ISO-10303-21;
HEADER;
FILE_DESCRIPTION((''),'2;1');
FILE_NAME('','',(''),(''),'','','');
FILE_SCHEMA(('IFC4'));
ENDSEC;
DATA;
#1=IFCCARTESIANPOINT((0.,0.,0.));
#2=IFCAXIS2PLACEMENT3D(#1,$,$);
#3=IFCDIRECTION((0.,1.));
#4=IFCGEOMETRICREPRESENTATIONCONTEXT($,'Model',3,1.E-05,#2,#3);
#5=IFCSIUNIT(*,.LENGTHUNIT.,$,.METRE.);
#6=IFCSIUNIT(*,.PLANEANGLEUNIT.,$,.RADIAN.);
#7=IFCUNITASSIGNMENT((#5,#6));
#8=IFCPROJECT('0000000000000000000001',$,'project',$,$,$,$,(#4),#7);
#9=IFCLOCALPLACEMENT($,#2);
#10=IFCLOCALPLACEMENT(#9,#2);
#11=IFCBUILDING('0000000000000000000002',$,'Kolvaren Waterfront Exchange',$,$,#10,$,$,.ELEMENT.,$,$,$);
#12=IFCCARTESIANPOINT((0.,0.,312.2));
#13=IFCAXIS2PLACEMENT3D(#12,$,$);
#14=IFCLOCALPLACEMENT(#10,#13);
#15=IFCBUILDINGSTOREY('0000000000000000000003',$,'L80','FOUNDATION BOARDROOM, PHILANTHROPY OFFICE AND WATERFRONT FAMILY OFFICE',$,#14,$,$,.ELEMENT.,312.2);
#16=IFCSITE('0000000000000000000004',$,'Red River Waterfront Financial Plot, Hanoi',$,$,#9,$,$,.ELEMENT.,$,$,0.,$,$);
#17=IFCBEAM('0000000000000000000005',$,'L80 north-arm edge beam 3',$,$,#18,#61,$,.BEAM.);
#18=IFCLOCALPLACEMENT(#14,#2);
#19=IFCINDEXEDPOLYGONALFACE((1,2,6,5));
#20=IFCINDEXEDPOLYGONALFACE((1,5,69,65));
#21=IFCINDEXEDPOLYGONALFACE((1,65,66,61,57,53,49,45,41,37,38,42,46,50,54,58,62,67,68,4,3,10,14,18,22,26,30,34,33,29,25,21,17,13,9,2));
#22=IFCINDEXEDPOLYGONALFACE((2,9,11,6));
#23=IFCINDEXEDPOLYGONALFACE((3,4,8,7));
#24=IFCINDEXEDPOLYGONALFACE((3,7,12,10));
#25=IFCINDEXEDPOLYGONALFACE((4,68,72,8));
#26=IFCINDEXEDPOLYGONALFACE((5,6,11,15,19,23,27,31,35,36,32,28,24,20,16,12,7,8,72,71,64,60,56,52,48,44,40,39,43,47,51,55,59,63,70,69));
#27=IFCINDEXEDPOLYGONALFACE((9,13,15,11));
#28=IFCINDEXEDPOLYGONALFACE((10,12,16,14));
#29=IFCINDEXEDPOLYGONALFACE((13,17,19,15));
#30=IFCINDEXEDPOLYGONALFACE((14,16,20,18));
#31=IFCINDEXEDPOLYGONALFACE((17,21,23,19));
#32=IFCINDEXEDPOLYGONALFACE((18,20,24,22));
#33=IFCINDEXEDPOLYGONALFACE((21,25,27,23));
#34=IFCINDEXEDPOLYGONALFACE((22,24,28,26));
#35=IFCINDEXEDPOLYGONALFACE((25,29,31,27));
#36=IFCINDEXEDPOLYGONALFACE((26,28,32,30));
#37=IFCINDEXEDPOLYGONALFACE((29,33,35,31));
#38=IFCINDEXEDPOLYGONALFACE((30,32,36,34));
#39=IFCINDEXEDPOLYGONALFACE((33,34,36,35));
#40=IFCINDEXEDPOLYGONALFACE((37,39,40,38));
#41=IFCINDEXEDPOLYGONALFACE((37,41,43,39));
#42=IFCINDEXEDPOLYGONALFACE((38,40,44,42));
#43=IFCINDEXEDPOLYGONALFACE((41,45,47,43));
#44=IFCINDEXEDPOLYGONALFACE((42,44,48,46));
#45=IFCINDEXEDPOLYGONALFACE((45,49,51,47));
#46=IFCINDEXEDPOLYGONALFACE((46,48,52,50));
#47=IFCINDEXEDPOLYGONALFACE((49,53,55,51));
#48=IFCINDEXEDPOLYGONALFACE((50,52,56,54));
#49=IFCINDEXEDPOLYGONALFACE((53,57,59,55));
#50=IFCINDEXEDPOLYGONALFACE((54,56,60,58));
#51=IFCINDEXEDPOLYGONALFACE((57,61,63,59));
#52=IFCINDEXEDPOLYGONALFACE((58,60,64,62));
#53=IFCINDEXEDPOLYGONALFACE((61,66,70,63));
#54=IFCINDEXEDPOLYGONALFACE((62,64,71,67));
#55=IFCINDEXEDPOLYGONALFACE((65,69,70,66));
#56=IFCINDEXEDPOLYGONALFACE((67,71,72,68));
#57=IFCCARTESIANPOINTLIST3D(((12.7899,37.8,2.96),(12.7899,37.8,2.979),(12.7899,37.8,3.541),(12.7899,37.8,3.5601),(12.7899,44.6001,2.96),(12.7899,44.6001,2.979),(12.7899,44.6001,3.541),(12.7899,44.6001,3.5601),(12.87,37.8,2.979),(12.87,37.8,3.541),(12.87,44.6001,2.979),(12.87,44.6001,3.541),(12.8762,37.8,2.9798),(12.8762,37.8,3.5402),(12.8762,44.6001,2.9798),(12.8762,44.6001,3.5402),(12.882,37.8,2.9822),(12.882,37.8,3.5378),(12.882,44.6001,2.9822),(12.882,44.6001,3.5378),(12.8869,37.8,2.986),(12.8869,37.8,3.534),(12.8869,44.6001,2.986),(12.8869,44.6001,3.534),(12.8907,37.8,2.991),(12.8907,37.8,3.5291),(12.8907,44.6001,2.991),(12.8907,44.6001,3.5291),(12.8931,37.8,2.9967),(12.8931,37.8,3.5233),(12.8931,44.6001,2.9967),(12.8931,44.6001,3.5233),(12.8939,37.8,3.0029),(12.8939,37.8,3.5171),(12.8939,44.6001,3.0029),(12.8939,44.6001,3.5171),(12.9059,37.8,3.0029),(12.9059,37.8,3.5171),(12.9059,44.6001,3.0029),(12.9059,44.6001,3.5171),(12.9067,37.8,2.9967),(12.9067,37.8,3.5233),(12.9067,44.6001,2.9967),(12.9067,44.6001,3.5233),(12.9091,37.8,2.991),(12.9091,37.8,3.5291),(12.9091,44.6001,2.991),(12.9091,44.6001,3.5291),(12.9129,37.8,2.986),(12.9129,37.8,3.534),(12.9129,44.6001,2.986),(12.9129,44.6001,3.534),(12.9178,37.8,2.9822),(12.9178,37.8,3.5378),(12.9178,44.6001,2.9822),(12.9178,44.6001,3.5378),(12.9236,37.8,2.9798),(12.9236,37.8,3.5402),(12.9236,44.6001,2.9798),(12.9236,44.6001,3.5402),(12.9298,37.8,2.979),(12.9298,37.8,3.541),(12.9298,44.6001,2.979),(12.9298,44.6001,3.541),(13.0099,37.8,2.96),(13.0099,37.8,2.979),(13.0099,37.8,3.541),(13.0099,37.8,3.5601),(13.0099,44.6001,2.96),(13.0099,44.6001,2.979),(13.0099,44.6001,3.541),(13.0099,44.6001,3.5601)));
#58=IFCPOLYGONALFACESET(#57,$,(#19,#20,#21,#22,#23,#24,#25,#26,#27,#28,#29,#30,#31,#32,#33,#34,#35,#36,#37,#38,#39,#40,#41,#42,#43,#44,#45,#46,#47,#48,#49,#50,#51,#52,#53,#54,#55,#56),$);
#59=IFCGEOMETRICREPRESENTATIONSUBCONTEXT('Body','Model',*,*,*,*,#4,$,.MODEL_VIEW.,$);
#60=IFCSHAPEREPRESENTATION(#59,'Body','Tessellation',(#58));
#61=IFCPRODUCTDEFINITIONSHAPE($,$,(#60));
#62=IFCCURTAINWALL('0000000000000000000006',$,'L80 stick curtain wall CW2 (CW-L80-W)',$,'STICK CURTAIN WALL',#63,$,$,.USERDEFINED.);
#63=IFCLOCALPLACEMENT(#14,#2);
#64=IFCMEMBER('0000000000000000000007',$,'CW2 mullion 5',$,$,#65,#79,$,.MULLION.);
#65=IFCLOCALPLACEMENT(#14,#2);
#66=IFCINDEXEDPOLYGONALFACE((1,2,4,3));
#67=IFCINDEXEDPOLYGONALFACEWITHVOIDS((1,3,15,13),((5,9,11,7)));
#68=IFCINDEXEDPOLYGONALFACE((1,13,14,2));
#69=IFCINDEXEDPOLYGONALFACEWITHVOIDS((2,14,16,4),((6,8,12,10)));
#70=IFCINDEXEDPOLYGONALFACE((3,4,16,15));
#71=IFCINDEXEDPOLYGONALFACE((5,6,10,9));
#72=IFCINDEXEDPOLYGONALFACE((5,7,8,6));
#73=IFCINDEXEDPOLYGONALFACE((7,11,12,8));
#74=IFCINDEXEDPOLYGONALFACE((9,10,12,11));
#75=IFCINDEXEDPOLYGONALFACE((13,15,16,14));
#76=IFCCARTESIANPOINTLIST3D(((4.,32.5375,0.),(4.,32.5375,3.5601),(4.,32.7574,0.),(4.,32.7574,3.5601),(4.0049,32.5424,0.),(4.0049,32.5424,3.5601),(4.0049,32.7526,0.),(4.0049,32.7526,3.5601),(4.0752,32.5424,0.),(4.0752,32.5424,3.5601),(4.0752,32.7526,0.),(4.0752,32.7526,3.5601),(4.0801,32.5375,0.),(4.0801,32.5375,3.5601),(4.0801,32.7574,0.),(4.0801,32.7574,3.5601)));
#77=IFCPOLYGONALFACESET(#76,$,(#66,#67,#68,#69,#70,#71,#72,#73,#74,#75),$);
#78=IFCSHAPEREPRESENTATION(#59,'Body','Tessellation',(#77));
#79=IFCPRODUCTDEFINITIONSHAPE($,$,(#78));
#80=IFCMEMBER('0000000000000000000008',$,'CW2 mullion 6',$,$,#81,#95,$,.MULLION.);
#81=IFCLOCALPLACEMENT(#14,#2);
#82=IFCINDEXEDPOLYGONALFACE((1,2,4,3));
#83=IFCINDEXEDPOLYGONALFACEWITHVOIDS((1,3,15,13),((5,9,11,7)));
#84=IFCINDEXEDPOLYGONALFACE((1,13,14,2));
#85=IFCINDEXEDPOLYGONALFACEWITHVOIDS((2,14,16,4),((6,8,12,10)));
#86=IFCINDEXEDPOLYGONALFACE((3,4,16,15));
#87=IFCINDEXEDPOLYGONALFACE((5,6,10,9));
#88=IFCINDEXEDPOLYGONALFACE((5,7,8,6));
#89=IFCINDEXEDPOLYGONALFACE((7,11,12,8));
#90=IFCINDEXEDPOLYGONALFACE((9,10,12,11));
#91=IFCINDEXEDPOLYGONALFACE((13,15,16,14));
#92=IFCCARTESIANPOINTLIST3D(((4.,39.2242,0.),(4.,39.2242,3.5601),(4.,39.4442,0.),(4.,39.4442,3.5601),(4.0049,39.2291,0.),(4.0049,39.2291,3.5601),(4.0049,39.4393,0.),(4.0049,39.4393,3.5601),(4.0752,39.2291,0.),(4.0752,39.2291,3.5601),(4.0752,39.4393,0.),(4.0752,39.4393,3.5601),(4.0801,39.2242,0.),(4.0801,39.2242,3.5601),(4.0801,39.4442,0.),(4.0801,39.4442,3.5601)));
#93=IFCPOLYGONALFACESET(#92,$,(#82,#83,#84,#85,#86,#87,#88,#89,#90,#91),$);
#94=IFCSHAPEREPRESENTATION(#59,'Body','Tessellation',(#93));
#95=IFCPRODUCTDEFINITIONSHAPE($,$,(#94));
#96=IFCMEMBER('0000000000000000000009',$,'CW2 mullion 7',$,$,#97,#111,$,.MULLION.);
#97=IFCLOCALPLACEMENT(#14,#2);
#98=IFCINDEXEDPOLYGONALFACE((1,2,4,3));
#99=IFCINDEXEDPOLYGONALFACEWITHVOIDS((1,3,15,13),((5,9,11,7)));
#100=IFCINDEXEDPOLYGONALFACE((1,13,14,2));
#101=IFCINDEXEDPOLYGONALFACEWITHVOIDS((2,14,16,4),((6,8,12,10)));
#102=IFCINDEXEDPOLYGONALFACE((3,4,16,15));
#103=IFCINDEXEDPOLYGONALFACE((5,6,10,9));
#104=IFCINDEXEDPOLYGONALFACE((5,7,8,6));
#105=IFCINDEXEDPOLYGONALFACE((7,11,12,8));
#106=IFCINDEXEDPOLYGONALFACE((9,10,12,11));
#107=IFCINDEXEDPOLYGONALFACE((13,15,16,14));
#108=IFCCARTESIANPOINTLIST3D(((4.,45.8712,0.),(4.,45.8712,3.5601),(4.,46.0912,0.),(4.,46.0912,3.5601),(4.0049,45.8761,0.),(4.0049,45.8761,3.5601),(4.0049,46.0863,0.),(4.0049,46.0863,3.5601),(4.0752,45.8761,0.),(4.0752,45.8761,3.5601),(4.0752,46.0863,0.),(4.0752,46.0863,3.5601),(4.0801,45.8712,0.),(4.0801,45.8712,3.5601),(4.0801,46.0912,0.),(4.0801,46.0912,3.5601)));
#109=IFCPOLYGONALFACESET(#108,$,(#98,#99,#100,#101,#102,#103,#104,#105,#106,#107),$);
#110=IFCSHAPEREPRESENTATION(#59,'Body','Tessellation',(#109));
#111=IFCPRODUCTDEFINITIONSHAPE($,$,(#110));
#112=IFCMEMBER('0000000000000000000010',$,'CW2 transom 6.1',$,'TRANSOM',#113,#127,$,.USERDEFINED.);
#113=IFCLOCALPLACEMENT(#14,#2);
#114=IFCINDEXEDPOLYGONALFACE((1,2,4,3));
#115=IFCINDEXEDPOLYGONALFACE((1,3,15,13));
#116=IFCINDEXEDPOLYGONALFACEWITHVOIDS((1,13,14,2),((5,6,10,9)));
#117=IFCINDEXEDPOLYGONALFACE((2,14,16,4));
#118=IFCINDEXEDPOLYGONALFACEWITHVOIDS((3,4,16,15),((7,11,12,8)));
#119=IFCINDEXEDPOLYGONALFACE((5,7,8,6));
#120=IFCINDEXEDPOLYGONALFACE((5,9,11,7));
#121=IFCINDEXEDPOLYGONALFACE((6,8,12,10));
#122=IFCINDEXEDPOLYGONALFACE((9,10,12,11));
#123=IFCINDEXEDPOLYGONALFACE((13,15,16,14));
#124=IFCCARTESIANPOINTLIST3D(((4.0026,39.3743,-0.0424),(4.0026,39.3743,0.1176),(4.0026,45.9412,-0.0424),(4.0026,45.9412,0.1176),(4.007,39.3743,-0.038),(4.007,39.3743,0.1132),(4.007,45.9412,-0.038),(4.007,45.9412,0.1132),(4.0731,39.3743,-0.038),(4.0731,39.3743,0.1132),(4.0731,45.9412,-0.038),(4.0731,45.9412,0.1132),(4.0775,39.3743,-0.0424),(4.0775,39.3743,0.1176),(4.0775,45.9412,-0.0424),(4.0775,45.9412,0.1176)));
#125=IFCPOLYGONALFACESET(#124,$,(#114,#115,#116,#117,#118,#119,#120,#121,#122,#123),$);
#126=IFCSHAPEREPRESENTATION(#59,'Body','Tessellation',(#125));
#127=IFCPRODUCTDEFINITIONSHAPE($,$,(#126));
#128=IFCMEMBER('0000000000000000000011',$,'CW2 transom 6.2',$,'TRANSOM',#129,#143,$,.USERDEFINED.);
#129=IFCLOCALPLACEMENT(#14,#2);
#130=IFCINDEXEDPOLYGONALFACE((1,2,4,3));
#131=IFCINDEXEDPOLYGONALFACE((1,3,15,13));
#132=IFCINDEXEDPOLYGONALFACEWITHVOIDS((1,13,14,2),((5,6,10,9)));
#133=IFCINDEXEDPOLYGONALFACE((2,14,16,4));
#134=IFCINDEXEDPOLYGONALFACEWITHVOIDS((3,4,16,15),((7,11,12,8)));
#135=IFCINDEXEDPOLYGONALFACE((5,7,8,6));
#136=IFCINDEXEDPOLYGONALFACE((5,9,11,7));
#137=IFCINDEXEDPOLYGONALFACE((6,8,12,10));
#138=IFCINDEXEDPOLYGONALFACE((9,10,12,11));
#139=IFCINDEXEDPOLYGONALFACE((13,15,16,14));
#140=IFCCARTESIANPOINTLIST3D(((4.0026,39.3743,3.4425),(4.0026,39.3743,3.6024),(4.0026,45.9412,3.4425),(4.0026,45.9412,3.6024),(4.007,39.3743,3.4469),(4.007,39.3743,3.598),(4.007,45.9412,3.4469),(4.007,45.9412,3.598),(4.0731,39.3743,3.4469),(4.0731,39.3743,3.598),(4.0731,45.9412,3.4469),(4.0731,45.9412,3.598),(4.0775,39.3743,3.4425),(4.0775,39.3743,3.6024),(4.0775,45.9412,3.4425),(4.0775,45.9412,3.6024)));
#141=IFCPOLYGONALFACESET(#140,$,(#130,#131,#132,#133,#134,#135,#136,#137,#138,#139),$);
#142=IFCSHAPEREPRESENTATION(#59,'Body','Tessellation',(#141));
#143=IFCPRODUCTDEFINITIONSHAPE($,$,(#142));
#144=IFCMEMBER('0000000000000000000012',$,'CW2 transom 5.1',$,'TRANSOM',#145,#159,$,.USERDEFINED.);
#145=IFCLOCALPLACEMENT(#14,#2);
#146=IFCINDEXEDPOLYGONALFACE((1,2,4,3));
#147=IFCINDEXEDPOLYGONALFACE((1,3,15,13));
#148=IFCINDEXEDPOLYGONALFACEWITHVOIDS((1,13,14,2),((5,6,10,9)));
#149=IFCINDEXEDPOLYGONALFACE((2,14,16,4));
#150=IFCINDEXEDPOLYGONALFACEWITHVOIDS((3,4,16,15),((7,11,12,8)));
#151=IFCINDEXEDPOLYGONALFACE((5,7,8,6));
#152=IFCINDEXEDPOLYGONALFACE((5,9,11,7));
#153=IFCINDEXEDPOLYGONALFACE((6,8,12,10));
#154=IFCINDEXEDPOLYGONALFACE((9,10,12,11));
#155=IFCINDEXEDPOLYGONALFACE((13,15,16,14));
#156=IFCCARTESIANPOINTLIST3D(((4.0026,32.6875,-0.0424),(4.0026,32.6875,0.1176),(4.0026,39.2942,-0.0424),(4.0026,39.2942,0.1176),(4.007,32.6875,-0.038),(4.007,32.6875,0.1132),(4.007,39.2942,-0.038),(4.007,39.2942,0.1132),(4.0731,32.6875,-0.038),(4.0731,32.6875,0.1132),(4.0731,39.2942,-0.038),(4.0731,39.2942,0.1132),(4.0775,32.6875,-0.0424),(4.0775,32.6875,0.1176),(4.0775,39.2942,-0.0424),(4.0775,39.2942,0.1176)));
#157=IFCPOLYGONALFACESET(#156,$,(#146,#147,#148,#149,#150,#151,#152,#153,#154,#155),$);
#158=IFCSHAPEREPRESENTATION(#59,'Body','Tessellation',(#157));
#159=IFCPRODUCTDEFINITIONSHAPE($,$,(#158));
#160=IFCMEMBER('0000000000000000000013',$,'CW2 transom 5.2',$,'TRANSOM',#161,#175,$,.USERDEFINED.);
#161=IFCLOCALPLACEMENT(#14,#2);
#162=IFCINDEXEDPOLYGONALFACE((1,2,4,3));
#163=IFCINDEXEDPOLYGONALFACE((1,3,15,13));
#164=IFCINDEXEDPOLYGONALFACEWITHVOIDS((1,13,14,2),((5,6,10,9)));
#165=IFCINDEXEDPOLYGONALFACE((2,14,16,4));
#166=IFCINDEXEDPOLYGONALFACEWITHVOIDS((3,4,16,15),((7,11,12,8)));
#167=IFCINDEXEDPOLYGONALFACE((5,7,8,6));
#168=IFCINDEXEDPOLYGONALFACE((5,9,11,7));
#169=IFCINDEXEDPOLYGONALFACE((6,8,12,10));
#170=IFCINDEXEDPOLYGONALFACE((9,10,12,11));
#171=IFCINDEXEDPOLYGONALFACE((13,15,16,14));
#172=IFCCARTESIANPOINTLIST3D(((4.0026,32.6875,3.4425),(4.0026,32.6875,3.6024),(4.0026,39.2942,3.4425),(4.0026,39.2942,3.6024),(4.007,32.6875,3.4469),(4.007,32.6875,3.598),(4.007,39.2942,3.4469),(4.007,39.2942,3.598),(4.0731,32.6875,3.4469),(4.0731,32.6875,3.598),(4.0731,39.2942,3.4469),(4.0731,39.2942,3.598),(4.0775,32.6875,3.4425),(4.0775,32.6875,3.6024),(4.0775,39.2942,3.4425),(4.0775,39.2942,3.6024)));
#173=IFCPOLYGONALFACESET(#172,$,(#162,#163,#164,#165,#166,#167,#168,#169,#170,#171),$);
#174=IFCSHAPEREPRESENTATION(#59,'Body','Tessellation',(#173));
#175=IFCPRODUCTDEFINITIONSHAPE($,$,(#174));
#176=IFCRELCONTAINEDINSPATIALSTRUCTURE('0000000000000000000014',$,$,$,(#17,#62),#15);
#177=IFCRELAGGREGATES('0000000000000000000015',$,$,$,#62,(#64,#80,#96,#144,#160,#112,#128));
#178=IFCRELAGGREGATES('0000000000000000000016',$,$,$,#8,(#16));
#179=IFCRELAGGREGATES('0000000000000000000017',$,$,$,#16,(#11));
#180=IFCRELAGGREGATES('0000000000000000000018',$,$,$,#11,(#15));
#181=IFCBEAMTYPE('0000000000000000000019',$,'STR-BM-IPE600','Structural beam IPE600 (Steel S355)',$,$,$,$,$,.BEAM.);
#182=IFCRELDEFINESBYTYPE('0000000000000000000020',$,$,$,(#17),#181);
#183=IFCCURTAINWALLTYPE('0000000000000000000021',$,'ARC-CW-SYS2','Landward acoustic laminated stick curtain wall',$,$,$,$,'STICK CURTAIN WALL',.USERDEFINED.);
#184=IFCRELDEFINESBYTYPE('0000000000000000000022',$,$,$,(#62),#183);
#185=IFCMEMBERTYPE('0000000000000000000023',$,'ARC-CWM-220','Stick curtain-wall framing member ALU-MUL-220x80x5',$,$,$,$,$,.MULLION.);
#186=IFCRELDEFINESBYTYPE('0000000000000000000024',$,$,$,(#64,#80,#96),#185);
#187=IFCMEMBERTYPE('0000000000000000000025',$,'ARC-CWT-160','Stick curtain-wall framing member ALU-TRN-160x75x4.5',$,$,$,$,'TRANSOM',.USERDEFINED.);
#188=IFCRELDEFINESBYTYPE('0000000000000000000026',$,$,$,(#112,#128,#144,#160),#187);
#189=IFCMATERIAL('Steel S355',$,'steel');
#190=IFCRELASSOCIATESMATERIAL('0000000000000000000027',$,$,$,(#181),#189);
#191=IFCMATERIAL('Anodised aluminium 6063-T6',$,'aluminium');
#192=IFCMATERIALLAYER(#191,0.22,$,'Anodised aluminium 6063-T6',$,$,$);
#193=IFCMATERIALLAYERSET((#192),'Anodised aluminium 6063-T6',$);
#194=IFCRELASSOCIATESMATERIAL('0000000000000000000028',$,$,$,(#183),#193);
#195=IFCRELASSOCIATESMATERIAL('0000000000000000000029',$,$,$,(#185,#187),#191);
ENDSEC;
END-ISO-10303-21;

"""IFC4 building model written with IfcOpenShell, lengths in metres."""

from ifc_helpers import new_model, si_unit, direction, frame, origin, origin_with_axes, origin_2d, place, context, subcontext, project, spatial, hollow_rectangle, i_section, extrude, source, transform, mapped, material, layer, layer_set, material_profile, profile_set, type_object, element, aggregate, save


model = new_model("IFC4")

# Units and contexts
model_context = context("Model", 3, precision=1e-05, world=origin(), true_north=direction((0.0, 1.0)))
body_context = subcontext(model_context, "Body", "Model", "MODEL_VIEW")
ifc_project = project(units=[si_unit("LENGTHUNIT", "METRE"), si_unit("PLANEANGLEUNIT", "RADIAN")], contexts=[model_context])

# Site, building, storey
site_placement = place(None, origin())
site = spatial("IfcSite", under=ifc_project, at=site_placement, Name="Red River Waterfront Financial Plot, Hanoi", CompositionType="ELEMENT", RefElevation=0.0)
building_placement = place(site_placement, origin())
building = spatial("IfcBuilding", under=site, at=building_placement, Name="Kolvaren Waterfront Exchange", CompositionType="ELEMENT")
storey_placement = place(building_placement, frame((0.0, 0.0, 312.2)))
storey = spatial("IfcBuildingStorey", under=building, at=storey_placement, Name="L80", Description="FOUNDATION BOARDROOM, PHILANTHROPY OFFICE AND WATERFRONT FAMILY OFFICE", CompositionType="ELEMENT", Elevation=312.2)

# Beam
ifc_material_1 = material(Name="Steel S355", Category="steel")
ifc_material_profile_1 = material_profile(ifc_material_1, i_section(OverallWidth=0.22, OverallDepth=0.6001, WebThickness=0.012, FlangeThickness=0.019, FilletRadius=0.0239, at=origin_2d()), Name="IPE600")
ifc_profile_set_1 = profile_set([ifc_material_profile_1], Name="Steel S355")
beam_type_1 = type_object("IfcBeamType", Name="STR-BM-IPE600", Description="Structural beam IPE600 (Steel S355)", PredefinedType="BEAM", material=ifc_profile_set_1)
beam_1_placement = place(storey_placement, frame((12.8999, 37.8, 3.26), z_axis=(0.0, 1.0, 0.0), x_axis=(-1.0, 0.0, 0.0)))
element("IfcBeam", 1, at=beam_1_placement, inside=storey, type_object=beam_type_1, Name="L80 north-arm edge beam 3", PredefinedType="BEAM", context=body_context, shape_type="SweptSolid", body=[
    extrude(i_section(OverallWidth=0.22, OverallDepth=0.6001, WebThickness=0.012, FlangeThickness=0.019, FilletRadius=0.0239, at=origin_2d()), origin(), (0.0, 0.0, 1.0), 6.8),
])

# Curtain wall, members
ifc_material_2 = material(Name="Anodised aluminium 6063-T6", Category="aluminium")
ifc_layer_1 = layer(ifc_material_2, 0.22, Name="Anodised aluminium 6063-T6")
ifc_layer_set_1 = layer_set([ifc_layer_1], Name="Anodised aluminium 6063-T6")
curtain_wall_type = type_object("IfcCurtainWallType", Name="ARC-CW-SYS2", Description="Landward acoustic laminated stick curtain wall", ElementType="STICK CURTAIN WALL", PredefinedType="USERDEFINED", material=ifc_layer_set_1)
curtain_wall_placement = place(storey_placement, origin())
curtain_wall = element("IfcCurtainWall", 2, at=curtain_wall_placement, inside=storey, type_object=curtain_wall_type, Name="L80 stick curtain wall CW2 (CW-L80-W)", ObjectType="STICK CURTAIN WALL", PredefinedType="USERDEFINED")
ifc_material_profile_2 = material_profile(ifc_material_2, hollow_rectangle(XDim=0.0801, YDim=0.22, WallThickness=0.0049, at=origin_2d()), Name="ALU-MUL-220x80x5")
ifc_profile_set_2 = profile_set([ifc_material_profile_2], Name="Anodised aluminium 6063-T6")
member_type_1 = type_object("IfcMemberType", Name="ARC-CWM-220", Description="Stick curtain-wall framing member ALU-MUL-220x80x5", PredefinedType="MULLION", material=ifc_profile_set_2)
shared_shape_1 = source(origin_with_axes(), body_context, "Body", "SweptSolid", [
    extrude(hollow_rectangle(XDim=0.0801, YDim=0.22, WallThickness=0.0049, at=origin_2d()), origin(), (0.0, 0.0, 1.0), 3.5601),
])
member_1_placement = place(storey_placement, frame((4.04, 32.6475, 0.0), z_axis=(0.0, 0.0, 1.0), x_axis=(-1.0, 0.0, 0.0)))
member_1 = element("IfcMember", 3, at=member_1_placement, type_object=member_type_1, Name="CW2 mullion 5", PredefinedType="MULLION", context=body_context, shape_type="MappedRepresentation", body=[
    mapped(shared_shape_1, transform((0.0, 0.0, 0.0), x_axis=(1.0, 0.0, 0.0), y_axis=(0.0, 1.0, 0.0), z_axis=(0.0, 0.0, 1.0), scale=1.0)),
])
member_2_placement = place(storey_placement, frame((4.04, 39.3342, 0.0), z_axis=(0.0, 0.0, 1.0), x_axis=(-1.0, 0.0, 0.0)))
member_2 = element("IfcMember", 4, at=member_2_placement, type_object=member_type_1, Name="CW2 mullion 6", PredefinedType="MULLION", context=body_context, shape_type="MappedRepresentation", body=[
    mapped(shared_shape_1, transform((0.0, 0.0, 0.0), x_axis=(1.0, 0.0, 0.0), y_axis=(0.0, 1.0, 0.0), z_axis=(0.0, 0.0, 1.0), scale=1.0)),
])
member_3_placement = place(storey_placement, frame((4.04, 45.9812, 0.0), z_axis=(0.0, 0.0, 1.0), x_axis=(-1.0, 0.0, 0.0)))
member_3 = element("IfcMember", 5, at=member_3_placement, type_object=member_type_1, Name="CW2 mullion 7", PredefinedType="MULLION", context=body_context, shape_type="MappedRepresentation", body=[
    mapped(shared_shape_1, transform((0.0, 0.0, 0.0), x_axis=(1.0, 0.0, 0.0), y_axis=(0.0, 1.0, 0.0), z_axis=(0.0, 0.0, 1.0), scale=1.0)),
])
ifc_material_profile_3 = material_profile(ifc_material_2, hollow_rectangle(XDim=0.075, YDim=0.1599, WallThickness=0.0044, at=origin_2d()), Name="ALU-TRN-160x75x4.5")
ifc_profile_set_3 = profile_set([ifc_material_profile_3], Name="Anodised aluminium 6063-T6")
member_type_2 = type_object("IfcMemberType", Name="ARC-CWT-160", Description="Stick curtain-wall framing member ALU-TRN-160x75x4.5", ElementType="TRANSOM", PredefinedType="USERDEFINED", material=ifc_profile_set_3)
shared_shape_2 = source(origin_with_axes(), body_context, "Body", "SweptSolid", [
    extrude(hollow_rectangle(XDim=0.075, YDim=0.1599, WallThickness=0.0044, at=origin_2d()), origin(), (0.0, 0.0, 1.0), 6.5669),
])
member_4_placement = place(storey_placement, frame((4.04, 39.3743, 0.0376), z_axis=(0.0, 1.0, 0.0), x_axis=(-1.0, 0.0, 0.0)))
member_4 = element("IfcMember", 6, at=member_4_placement, type_object=member_type_2, Name="CW2 transom 6.1", ObjectType="TRANSOM", PredefinedType="USERDEFINED", context=body_context, shape_type="MappedRepresentation", body=[
    mapped(shared_shape_2, transform((0.0, 0.0, 0.0), x_axis=(1.0, 0.0, 0.0), y_axis=(0.0, 1.0, 0.0), z_axis=(0.0, 0.0, 1.0), scale=1.0)),
])
member_5_placement = place(storey_placement, frame((4.04, 39.3743, 3.5225), z_axis=(0.0, 1.0, 0.0), x_axis=(-1.0, 0.0, 0.0)))
member_5 = element("IfcMember", 7, at=member_5_placement, type_object=member_type_2, Name="CW2 transom 6.2", ObjectType="TRANSOM", PredefinedType="USERDEFINED", context=body_context, shape_type="MappedRepresentation", body=[
    mapped(shared_shape_2, transform((0.0, 0.0, 0.0), x_axis=(1.0, 0.0, 0.0), y_axis=(0.0, 1.0, 0.0), z_axis=(0.0, 0.0, 1.0), scale=1.0)),
])
shared_shape_3 = source(origin_with_axes(), body_context, "Body", "SweptSolid", [
    extrude(hollow_rectangle(XDim=0.075, YDim=0.1599, WallThickness=0.0044, at=origin_2d()), origin(), (0.0, 0.0, 1.0), 6.6067),
])
member_6_placement = place(storey_placement, frame((4.04, 32.6875, 0.0376), z_axis=(0.0, 1.0, 0.0), x_axis=(-1.0, 0.0, 0.0)))
member_6 = element("IfcMember", 8, at=member_6_placement, type_object=member_type_2, Name="CW2 transom 5.1", ObjectType="TRANSOM", PredefinedType="USERDEFINED", context=body_context, shape_type="MappedRepresentation", body=[
    mapped(shared_shape_3, transform((0.0, 0.0, 0.0), x_axis=(1.0, 0.0, 0.0), y_axis=(0.0, 1.0, 0.0), z_axis=(0.0, 0.0, 1.0), scale=1.0)),
])
member_7_placement = place(storey_placement, frame((4.04, 32.6875, 3.5225), z_axis=(0.0, 1.0, 0.0), x_axis=(-1.0, 0.0, 0.0)))
member_7 = element("IfcMember", 9, at=member_7_placement, type_object=member_type_2, Name="CW2 transom 5.2", ObjectType="TRANSOM", PredefinedType="USERDEFINED", context=body_context, shape_type="MappedRepresentation", body=[
    mapped(shared_shape_3, transform((0.0, 0.0, 0.0), x_axis=(1.0, 0.0, 0.0), y_axis=(0.0, 1.0, 0.0), z_axis=(0.0, 0.0, 1.0), scale=1.0)),
])
aggregate(curtain_wall, [member_1, member_2, member_3, member_6, member_7, member_4, member_5])

save(model, "model.ifc")
